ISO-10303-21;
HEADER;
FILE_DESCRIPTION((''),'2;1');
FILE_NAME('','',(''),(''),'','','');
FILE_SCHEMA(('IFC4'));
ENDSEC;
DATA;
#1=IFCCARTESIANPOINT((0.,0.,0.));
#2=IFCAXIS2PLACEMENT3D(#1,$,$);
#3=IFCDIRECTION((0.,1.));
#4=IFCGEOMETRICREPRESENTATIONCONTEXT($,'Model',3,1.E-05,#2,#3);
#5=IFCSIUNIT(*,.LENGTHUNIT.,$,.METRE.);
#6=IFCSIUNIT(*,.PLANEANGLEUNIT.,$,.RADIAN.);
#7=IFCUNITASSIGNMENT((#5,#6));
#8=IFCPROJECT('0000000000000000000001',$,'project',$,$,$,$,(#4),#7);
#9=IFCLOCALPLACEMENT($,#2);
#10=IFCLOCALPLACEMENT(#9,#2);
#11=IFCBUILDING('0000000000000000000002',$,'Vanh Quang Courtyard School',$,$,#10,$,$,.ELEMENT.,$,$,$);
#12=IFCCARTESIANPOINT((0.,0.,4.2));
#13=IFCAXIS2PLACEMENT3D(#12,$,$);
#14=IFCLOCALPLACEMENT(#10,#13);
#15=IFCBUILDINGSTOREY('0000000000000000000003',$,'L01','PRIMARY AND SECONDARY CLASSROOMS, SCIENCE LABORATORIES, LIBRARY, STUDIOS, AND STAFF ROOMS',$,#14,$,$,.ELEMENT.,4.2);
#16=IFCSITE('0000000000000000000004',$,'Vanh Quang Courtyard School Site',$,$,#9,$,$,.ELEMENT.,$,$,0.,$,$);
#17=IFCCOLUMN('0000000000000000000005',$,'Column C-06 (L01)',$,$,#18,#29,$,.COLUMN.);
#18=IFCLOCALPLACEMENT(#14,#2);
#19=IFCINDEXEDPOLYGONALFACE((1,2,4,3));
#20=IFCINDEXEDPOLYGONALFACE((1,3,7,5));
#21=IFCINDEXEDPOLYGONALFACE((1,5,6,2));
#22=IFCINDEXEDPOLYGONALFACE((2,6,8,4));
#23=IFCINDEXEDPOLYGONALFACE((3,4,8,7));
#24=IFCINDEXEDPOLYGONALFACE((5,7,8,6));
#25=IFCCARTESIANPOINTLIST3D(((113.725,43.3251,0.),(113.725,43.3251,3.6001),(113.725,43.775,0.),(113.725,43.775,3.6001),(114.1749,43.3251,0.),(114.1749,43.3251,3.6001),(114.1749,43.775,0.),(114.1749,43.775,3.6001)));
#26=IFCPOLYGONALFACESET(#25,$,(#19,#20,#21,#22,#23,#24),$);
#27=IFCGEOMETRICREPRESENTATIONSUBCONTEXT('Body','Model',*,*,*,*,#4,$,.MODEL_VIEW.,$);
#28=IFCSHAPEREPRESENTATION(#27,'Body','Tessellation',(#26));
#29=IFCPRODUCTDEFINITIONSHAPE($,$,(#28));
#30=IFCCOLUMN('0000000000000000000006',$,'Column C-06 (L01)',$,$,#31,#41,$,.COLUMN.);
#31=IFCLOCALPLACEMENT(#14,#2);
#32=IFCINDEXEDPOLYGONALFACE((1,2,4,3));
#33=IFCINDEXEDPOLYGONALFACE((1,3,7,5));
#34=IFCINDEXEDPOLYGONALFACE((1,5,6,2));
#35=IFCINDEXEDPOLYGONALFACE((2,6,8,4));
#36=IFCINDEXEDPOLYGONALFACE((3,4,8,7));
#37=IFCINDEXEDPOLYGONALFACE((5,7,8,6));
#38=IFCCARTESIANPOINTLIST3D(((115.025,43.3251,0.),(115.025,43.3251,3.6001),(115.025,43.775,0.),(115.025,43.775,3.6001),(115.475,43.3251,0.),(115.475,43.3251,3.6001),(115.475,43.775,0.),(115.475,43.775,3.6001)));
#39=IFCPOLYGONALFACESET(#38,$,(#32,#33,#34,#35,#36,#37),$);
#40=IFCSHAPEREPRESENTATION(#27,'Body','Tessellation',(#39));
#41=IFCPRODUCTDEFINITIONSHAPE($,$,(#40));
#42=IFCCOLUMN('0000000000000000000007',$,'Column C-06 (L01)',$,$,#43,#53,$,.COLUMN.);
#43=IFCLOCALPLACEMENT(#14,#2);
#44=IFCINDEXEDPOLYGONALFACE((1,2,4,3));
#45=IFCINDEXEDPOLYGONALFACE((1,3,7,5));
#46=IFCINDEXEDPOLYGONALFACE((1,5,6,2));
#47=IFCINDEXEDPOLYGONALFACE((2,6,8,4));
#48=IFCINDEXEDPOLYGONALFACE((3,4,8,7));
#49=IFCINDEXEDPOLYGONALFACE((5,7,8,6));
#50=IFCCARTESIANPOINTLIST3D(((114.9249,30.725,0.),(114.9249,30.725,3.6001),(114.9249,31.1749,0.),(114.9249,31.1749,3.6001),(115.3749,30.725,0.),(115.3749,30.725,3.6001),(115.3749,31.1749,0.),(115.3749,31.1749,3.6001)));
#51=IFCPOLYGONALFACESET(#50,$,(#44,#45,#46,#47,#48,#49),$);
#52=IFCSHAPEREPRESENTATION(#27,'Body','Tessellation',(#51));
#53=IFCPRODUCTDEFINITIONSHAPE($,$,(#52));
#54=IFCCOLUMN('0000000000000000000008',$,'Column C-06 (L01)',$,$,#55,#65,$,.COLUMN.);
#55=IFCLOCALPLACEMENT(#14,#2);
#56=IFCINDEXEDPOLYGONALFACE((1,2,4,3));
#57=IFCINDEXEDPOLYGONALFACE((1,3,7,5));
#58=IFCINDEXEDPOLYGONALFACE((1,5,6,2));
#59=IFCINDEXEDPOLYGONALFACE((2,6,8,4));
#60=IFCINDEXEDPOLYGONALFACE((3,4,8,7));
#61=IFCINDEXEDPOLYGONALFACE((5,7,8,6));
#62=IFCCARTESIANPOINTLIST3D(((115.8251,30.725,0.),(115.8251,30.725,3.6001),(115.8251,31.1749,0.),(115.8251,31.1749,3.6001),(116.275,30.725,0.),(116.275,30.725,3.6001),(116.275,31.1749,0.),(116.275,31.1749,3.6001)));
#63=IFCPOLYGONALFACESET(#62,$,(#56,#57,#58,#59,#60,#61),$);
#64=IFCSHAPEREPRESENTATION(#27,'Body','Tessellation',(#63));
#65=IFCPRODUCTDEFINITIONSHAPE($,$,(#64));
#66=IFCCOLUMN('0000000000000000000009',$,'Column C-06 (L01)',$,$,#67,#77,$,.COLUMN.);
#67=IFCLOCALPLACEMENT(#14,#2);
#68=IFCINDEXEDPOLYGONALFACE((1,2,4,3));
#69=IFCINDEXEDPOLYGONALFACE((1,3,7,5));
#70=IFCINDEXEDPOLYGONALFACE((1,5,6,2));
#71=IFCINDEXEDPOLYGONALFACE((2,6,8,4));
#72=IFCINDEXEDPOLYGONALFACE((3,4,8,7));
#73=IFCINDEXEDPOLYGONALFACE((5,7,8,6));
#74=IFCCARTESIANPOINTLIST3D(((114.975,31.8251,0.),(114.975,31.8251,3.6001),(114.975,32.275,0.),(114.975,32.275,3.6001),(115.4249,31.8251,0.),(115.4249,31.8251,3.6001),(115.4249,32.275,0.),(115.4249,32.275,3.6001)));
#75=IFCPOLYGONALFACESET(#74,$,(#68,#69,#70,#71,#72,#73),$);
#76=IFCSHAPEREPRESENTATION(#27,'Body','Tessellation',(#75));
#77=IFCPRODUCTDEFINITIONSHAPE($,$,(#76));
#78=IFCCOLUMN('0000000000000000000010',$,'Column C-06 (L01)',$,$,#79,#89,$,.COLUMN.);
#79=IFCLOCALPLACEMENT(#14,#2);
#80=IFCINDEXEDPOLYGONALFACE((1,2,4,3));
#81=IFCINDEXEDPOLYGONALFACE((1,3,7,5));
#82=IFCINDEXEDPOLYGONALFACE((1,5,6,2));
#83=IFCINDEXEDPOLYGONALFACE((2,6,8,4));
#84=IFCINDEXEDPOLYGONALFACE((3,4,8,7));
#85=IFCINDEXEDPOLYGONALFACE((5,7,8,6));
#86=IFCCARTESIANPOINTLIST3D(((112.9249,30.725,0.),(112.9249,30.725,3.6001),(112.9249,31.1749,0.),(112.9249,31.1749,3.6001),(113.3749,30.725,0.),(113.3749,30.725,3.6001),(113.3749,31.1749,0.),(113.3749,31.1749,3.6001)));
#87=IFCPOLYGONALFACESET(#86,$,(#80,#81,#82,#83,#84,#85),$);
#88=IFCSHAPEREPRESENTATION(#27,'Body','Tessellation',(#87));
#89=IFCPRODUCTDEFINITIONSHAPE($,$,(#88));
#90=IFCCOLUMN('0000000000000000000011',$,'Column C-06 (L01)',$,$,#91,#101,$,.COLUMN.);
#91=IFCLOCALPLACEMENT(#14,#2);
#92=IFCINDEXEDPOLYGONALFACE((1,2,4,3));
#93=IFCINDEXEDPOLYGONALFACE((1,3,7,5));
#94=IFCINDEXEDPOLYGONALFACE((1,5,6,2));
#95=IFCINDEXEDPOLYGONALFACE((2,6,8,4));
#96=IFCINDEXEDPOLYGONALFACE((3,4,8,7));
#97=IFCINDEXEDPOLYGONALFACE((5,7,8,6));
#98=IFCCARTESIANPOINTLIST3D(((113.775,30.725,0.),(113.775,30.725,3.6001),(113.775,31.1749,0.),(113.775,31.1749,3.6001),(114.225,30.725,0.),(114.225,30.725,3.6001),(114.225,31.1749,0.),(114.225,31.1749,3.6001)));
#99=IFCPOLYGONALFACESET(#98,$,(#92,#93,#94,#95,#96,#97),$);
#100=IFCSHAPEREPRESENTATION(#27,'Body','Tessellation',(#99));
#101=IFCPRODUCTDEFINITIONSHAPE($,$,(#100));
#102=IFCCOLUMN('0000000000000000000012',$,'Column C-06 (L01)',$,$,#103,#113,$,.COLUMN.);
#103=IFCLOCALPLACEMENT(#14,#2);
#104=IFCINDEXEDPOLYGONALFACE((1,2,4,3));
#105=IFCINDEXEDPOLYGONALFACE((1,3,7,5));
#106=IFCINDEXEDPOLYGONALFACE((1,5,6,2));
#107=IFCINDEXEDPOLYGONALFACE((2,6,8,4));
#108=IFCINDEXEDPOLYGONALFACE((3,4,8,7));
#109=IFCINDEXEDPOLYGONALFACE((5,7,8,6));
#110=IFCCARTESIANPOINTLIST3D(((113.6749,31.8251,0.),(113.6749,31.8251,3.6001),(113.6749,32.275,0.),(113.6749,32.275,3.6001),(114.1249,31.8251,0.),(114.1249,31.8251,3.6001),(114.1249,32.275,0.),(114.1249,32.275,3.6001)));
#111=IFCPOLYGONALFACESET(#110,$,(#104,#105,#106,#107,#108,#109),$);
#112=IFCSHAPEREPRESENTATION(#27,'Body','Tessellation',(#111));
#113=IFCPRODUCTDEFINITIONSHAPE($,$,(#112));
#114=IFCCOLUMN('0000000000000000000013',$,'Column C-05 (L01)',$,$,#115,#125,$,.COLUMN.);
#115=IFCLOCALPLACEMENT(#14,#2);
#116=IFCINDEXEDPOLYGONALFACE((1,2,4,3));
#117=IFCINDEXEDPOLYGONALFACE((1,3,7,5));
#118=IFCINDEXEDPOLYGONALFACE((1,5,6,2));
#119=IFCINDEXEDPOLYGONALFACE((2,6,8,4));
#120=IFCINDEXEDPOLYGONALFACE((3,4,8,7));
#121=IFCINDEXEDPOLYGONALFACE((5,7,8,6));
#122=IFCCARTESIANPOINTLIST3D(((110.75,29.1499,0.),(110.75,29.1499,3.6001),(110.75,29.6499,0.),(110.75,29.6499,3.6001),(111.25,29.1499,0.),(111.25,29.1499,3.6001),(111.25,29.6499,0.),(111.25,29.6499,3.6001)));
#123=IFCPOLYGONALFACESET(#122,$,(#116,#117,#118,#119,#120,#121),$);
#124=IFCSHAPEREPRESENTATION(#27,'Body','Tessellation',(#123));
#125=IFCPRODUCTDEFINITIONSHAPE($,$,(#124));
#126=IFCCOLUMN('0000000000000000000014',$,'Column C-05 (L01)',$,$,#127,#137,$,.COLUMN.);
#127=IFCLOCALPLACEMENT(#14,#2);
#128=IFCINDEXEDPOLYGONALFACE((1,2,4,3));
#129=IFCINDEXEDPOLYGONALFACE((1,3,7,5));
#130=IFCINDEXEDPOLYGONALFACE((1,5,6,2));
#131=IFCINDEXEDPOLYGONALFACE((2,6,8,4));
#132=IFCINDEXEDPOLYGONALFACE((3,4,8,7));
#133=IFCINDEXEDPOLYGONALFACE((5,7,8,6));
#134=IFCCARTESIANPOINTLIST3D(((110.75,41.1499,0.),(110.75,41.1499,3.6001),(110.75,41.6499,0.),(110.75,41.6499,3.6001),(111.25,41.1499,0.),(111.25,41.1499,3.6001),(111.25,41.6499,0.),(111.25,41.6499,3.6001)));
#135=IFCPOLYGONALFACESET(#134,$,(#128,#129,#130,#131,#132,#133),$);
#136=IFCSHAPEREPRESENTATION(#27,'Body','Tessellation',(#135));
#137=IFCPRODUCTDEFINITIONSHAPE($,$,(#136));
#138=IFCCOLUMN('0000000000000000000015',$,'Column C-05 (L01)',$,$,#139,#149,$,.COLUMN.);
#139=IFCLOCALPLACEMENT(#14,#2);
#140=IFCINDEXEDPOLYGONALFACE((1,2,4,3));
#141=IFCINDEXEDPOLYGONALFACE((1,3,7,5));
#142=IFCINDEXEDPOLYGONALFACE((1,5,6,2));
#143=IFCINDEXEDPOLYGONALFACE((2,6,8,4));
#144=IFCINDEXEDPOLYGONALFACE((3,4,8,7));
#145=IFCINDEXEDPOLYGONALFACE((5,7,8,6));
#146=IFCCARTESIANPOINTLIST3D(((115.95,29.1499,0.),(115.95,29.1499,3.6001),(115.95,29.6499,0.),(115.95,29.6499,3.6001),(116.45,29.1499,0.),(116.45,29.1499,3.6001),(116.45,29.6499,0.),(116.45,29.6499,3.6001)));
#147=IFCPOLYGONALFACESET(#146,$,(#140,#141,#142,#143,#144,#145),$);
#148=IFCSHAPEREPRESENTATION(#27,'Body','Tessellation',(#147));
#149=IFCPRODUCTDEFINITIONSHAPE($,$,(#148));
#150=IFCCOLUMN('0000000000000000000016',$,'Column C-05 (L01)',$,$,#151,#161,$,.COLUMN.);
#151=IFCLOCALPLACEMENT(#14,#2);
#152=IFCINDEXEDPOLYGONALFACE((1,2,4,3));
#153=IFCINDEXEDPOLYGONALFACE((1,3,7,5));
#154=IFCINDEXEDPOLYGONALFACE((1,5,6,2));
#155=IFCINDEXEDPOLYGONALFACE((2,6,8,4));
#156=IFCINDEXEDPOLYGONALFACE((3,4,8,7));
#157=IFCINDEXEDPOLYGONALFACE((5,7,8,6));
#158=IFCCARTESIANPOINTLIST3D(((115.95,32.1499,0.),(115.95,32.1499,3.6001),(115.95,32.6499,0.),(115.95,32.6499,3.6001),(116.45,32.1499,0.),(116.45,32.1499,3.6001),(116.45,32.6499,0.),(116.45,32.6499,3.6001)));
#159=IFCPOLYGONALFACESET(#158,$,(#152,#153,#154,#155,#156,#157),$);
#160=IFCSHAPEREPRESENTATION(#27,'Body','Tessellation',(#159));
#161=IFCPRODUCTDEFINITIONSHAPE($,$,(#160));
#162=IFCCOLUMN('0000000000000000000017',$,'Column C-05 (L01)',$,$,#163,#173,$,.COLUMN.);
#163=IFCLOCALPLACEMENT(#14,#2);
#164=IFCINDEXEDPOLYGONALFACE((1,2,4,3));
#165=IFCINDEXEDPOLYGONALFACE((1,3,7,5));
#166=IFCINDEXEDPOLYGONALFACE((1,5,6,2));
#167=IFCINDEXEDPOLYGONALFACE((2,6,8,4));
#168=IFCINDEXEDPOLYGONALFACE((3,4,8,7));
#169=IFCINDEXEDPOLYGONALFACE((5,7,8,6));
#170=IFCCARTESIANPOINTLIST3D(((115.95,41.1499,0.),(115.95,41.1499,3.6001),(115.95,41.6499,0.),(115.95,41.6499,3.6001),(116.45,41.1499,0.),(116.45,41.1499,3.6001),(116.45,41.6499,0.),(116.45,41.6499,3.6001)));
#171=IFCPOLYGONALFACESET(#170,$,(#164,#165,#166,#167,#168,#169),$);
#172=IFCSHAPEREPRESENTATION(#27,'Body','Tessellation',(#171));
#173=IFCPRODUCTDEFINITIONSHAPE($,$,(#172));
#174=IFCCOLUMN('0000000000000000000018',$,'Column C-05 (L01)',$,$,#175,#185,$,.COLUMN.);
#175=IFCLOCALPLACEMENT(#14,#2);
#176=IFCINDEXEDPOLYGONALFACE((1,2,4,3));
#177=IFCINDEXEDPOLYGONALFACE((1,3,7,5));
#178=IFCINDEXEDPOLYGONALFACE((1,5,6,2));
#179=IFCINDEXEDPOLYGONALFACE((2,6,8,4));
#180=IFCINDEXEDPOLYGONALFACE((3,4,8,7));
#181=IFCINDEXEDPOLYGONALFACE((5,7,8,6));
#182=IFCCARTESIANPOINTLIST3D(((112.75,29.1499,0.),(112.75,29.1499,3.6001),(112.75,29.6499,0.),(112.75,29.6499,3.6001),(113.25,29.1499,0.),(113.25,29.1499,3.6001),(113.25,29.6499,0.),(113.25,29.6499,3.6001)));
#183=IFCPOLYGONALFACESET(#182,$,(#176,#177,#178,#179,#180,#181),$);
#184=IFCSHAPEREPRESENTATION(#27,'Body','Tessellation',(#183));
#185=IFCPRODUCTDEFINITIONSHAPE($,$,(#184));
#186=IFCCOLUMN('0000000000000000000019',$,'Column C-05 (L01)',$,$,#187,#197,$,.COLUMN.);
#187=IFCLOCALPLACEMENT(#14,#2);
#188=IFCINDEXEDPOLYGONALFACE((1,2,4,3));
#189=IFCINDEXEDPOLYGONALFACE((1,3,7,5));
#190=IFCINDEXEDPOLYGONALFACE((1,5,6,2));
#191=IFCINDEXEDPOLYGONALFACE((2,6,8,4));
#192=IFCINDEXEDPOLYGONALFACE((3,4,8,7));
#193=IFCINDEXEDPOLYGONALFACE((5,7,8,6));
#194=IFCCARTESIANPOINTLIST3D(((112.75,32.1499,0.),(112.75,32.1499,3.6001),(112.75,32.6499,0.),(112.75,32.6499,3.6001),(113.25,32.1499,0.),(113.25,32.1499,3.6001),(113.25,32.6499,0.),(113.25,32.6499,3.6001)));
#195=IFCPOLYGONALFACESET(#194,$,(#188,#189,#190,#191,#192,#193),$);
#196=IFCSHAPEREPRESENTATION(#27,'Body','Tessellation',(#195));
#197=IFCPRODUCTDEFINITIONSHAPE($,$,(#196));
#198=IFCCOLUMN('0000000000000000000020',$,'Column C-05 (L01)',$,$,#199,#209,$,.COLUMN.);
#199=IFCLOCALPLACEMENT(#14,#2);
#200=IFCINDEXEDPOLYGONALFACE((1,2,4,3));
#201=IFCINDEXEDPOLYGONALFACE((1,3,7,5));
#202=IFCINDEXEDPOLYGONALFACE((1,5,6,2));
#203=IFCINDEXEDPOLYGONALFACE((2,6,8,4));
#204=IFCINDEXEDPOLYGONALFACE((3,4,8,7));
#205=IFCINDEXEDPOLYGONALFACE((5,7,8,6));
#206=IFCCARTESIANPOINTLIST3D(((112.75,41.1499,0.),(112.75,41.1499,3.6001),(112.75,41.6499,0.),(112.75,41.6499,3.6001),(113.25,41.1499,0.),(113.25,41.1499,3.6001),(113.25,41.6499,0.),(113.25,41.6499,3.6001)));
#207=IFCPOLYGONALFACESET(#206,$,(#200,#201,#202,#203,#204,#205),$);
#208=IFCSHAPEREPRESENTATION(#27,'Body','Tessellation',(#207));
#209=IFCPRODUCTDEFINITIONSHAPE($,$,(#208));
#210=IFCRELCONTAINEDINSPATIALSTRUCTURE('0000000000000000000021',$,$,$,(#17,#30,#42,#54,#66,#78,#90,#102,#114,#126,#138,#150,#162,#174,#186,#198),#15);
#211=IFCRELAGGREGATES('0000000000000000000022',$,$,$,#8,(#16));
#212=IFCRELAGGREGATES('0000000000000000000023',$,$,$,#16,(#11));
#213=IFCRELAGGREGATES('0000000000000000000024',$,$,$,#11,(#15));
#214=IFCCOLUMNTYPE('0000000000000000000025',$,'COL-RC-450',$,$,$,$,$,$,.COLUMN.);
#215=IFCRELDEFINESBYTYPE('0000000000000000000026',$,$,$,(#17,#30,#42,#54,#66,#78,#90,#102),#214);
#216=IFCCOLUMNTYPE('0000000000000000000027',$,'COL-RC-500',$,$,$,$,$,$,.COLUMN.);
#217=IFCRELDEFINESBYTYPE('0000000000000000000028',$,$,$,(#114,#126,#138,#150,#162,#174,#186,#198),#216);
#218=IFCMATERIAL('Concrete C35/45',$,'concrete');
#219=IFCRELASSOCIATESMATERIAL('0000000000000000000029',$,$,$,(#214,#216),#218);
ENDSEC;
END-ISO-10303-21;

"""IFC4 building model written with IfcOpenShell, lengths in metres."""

from ifc_helpers import new_model, si_unit, direction, frame, origin, origin_2d, place, context, subcontext, project, spatial, rectangle, extrude, material, material_profile, profile_set, type_object, element, save


model = new_model("IFC4")

# Units and contexts
model_context = context("Model", 3, precision=1e-05, world=origin(), true_north=direction((0.0, 1.0)))
body_context = subcontext(model_context, "Body", "Model", "MODEL_VIEW")
ifc_project = project(units=[si_unit("LENGTHUNIT", "METRE"), si_unit("PLANEANGLEUNIT", "RADIAN")], contexts=[model_context])

# Site, building, storey
site_placement = place(None, origin())
site = spatial("IfcSite", under=ifc_project, at=site_placement, Name="Vanh Quang Courtyard School Site", CompositionType="ELEMENT", RefElevation=0.0)
building_placement = place(site_placement, origin())
building = spatial("IfcBuilding", under=site, at=building_placement, Name="Vanh Quang Courtyard School", CompositionType="ELEMENT")
storey_placement = place(building_placement, frame((0.0, 0.0, 4.2)))
storey = spatial("IfcBuildingStorey", under=building, at=storey_placement, Name="L01", Description="PRIMARY AND SECONDARY CLASSROOMS, SCIENCE LABORATORIES, LIBRARY, STUDIOS, AND STAFF ROOMS", CompositionType="ELEMENT", Elevation=4.2)

# Columns
ifc_material_1 = material(Name="Concrete C35/45", Category="concrete")
ifc_material_profile_1 = material_profile(ifc_material_1, rectangle(XDim=0.45, YDim=0.45, at=origin_2d()), Name="RC-COL 450x450")
ifc_profile_set_1 = profile_set([ifc_material_profile_1], Name="Concrete C35/45")
column_type_1 = type_object("IfcColumnType", Name="COL-RC-450", PredefinedType="COLUMN", material=ifc_profile_set_1)
for number, where, z_axis, x_axis, name in (
    (1, (113.95, 43.55, 0.0), (0.0, 0.0, 1.0), (1.0, 0.0, 0.0), "Column C-06 (L01)"),
    (2, (115.25, 43.55, 0.0), (0.0, 0.0, 1.0), (1.0, 0.0, 0.0), "Column C-06 (L01)"),
    (3, (115.1499, 30.95, 0.0), (0.0, 0.0, 1.0), (1.0, 0.0, 0.0), "Column C-06 (L01)"),
    (4, (116.05, 30.95, 0.0), (0.0, 0.0, 1.0), (1.0, 0.0, 0.0), "Column C-06 (L01)"),
    (5, (115.2, 32.05, 0.0), (0.0, 0.0, 1.0), (1.0, 0.0, 0.0), "Column C-06 (L01)"),
    (6, (113.1499, 30.95, 0.0), (0.0, 0.0, 1.0), (1.0, 0.0, 0.0), "Column C-06 (L01)"),
    (7, (114.0, 30.95, 0.0), (0.0, 0.0, 1.0), (1.0, 0.0, 0.0), "Column C-06 (L01)"),
    (8, (113.8999, 32.05, 0.0), (0.0, 0.0, 1.0), (1.0, 0.0, 0.0), "Column C-06 (L01)"),
):
    element("IfcColumn", number, at=place(storey_placement, frame(where, z_axis=z_axis, x_axis=x_axis)), inside=storey, type_object=column_type_1, Name=name, PredefinedType="COLUMN", context=body_context, shape_type="SweptSolid", body=[
        extrude(rectangle(XDim=0.45, YDim=0.45, at=origin_2d()), origin(), (0.0, 0.0, 1.0), 3.6001),
    ])
ifc_material_profile_2 = material_profile(ifc_material_1, rectangle(XDim=0.5, YDim=0.5, at=origin_2d()), Name="RC-COL 500x500")
ifc_profile_set_2 = profile_set([ifc_material_profile_2], Name="Concrete C35/45")
column_type_2 = type_object("IfcColumnType", Name="COL-RC-500", PredefinedType="COLUMN", material=ifc_profile_set_2)
for number, where, z_axis, x_axis, name in (
    (9, (111.0, 29.3999, 0.0), (0.0, 0.0, 1.0), (1.0, 0.0, 0.0), "Column C-05 (L01)"),
    (10, (111.0, 41.3999, 0.0), (0.0, 0.0, 1.0), (1.0, 0.0, 0.0), "Column C-05 (L01)"),
    (11, (116.2, 29.3999, 0.0), (0.0, 0.0, 1.0), (1.0, 0.0, 0.0), "Column C-05 (L01)"),
    (12, (116.2, 32.3999, 0.0), (0.0, 0.0, 1.0), (1.0, 0.0, 0.0), "Column C-05 (L01)"),
    (13, (116.2, 41.3999, 0.0), (0.0, 0.0, 1.0), (1.0, 0.0, 0.0), "Column C-05 (L01)"),
    (14, (113.0, 29.3999, 0.0), (0.0, 0.0, 1.0), (1.0, 0.0, 0.0), "Column C-05 (L01)"),
    (15, (113.0, 32.3999, 0.0), (0.0, 0.0, 1.0), (1.0, 0.0, 0.0), "Column C-05 (L01)"),
    (16, (113.0, 41.3999, 0.0), (0.0, 0.0, 1.0), (1.0, 0.0, 0.0), "Column C-05 (L01)"),
):
    element("IfcColumn", number, at=place(storey_placement, frame(where, z_axis=z_axis, x_axis=x_axis)), inside=storey, type_object=column_type_2, Name=name, PredefinedType="COLUMN", context=body_context, shape_type="SweptSolid", body=[
        extrude(rectangle(XDim=0.5, YDim=0.5, at=origin_2d()), origin(), (0.0, 0.0, 1.0), 3.6001),
    ])

save(model, "model.ifc")
